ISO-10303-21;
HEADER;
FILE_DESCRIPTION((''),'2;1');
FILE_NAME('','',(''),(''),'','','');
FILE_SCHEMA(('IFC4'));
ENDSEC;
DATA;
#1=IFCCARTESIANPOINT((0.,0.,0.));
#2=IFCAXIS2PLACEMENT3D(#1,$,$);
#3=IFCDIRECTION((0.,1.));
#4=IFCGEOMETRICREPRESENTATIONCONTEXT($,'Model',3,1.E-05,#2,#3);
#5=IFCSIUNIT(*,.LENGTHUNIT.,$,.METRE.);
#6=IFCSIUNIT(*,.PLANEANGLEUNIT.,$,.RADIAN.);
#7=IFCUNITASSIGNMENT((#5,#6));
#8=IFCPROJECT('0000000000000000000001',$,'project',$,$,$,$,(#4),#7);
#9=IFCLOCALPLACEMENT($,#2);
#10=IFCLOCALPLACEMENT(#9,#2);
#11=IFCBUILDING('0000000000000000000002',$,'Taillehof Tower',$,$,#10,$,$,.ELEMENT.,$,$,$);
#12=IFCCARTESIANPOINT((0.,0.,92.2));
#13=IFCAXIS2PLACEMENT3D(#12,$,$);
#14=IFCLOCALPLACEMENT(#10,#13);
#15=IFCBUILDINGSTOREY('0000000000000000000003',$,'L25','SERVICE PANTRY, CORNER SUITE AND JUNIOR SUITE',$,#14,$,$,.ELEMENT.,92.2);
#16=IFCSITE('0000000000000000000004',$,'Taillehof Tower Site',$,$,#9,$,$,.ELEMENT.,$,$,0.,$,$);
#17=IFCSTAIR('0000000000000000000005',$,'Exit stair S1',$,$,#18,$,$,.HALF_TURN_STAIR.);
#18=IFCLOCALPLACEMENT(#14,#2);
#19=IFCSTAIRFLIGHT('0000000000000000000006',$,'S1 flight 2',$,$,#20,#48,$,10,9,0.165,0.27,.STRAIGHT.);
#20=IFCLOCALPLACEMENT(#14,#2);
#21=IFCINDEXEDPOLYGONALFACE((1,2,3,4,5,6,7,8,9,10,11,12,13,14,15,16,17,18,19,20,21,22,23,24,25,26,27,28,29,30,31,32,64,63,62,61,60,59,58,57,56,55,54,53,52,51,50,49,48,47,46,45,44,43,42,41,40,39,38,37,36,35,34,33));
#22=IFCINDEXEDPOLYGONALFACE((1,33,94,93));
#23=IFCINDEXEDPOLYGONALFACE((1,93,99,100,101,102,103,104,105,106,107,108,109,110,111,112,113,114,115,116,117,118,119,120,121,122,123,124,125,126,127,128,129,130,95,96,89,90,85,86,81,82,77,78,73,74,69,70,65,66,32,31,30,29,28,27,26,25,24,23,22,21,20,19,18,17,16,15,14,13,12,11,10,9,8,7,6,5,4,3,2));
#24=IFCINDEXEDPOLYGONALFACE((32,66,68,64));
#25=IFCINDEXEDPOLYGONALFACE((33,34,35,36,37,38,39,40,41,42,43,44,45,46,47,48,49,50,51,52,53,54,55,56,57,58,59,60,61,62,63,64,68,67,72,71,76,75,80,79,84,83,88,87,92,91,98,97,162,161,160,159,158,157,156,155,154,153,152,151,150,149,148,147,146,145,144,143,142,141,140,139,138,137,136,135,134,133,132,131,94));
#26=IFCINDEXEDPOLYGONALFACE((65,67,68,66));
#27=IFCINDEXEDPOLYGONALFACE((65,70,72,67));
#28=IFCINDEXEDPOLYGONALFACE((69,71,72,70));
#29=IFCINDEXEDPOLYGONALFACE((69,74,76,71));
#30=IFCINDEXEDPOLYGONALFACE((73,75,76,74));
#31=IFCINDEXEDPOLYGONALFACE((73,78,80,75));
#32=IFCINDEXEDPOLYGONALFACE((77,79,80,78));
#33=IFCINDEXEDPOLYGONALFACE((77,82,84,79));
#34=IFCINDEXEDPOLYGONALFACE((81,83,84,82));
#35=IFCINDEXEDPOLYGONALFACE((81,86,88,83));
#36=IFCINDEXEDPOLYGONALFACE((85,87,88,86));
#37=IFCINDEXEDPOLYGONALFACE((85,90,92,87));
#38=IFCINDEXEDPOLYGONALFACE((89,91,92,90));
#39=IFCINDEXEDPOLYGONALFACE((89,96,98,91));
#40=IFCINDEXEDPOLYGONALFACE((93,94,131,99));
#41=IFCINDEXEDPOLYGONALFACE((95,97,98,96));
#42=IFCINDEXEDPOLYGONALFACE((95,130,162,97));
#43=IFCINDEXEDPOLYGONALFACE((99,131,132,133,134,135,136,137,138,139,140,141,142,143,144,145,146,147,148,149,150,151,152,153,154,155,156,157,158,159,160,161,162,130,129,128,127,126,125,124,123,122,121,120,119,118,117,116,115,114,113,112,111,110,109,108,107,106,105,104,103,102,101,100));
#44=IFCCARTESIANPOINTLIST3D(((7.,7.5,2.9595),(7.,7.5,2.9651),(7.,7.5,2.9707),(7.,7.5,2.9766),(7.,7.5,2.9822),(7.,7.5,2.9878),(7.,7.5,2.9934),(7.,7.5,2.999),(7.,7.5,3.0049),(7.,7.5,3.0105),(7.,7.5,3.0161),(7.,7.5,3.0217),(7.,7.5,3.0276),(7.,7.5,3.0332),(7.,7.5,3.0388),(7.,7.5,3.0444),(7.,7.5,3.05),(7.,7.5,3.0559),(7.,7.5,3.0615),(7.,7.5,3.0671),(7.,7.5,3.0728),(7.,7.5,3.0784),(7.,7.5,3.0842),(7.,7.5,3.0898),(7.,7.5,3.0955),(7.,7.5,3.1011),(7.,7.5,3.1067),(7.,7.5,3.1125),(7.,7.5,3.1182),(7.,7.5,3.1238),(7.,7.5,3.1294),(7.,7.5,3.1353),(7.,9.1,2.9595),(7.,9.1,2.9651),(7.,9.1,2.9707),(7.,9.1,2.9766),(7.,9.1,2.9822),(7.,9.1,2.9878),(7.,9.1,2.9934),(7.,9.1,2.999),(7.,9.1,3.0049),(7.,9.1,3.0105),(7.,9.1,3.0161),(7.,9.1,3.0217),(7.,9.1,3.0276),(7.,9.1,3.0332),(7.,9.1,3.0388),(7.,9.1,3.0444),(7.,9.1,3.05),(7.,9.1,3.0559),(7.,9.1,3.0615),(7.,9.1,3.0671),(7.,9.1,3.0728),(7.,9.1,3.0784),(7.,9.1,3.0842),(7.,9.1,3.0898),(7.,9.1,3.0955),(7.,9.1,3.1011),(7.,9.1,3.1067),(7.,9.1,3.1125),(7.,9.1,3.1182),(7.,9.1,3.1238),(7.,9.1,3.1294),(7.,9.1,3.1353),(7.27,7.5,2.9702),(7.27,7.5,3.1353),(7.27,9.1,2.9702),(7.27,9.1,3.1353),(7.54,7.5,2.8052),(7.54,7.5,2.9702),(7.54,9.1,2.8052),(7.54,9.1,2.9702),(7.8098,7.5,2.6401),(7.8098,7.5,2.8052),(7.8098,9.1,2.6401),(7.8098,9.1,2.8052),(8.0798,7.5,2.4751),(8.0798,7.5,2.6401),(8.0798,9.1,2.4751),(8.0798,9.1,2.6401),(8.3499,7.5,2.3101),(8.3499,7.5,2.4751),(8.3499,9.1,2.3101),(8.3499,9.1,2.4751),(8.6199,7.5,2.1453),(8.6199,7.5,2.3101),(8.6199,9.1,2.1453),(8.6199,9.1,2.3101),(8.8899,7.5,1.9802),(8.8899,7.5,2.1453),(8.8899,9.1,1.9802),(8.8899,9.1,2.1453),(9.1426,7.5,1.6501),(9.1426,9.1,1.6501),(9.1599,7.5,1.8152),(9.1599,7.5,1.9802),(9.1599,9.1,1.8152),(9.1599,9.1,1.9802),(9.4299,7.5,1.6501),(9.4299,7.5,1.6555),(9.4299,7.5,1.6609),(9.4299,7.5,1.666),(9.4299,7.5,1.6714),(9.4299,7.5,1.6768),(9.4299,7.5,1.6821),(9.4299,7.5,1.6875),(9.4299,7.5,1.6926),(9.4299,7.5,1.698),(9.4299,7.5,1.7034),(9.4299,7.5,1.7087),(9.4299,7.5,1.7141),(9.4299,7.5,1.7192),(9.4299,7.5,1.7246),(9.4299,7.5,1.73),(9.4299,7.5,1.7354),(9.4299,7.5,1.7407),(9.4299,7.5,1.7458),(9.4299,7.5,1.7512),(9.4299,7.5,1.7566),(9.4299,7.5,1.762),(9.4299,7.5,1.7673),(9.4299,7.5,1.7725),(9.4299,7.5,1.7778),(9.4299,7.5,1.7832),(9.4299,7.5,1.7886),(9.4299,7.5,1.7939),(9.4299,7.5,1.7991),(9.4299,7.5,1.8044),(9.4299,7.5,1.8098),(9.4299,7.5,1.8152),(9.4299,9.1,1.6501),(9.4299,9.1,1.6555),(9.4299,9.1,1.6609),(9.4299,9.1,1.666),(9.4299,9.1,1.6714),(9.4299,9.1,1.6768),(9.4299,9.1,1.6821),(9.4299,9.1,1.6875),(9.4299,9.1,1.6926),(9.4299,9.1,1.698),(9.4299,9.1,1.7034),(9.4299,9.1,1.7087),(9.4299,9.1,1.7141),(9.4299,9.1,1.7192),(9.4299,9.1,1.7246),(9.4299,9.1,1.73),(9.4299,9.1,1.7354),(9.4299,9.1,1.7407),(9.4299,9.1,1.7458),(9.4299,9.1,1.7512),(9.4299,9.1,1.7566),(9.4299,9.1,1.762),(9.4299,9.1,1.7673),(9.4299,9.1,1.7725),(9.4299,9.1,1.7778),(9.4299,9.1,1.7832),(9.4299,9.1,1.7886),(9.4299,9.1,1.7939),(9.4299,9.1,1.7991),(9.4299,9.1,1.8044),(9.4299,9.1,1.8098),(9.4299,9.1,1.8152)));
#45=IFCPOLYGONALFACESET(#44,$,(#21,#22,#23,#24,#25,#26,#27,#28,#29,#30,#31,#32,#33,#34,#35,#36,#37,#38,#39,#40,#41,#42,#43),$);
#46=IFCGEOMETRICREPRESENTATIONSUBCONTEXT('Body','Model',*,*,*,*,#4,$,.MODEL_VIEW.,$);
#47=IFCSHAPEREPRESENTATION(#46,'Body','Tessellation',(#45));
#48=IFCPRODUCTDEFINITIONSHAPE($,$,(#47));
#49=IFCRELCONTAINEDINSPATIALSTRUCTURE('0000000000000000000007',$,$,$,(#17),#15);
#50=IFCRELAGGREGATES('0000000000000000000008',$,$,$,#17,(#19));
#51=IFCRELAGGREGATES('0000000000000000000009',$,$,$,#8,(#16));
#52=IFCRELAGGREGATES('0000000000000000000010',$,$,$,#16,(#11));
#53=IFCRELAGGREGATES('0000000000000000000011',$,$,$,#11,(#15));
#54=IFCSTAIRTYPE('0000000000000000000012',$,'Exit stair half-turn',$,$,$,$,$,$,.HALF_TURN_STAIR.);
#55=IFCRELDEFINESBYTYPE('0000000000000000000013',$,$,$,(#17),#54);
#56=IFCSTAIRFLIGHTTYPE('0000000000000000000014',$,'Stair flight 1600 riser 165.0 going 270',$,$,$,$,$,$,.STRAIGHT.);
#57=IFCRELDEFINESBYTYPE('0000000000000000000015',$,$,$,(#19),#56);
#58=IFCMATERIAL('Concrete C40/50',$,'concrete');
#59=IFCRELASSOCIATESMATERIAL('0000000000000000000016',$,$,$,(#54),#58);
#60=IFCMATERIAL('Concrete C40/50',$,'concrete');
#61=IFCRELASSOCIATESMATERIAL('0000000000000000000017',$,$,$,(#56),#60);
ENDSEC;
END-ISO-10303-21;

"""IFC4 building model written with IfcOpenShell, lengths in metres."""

from ifc_helpers import new_model, si_unit, direction, frame, origin, place, context, subcontext, project, spatial, polyline, outline, extrude, material, type_object, element, aggregate, save


model = new_model("IFC4")

# Units and contexts
model_context = context("Model", 3, precision=1e-05, world=origin(), true_north=direction((0.0, 1.0)))
body_context = subcontext(model_context, "Body", "Model", "MODEL_VIEW")
ifc_project = project(units=[si_unit("LENGTHUNIT", "METRE"), si_unit("PLANEANGLEUNIT", "RADIAN")], contexts=[model_context])

# Site, building, storey
site_placement = place(None, origin())
site = spatial("IfcSite", under=ifc_project, at=site_placement, Name="Taillehof Tower Site", CompositionType="ELEMENT", RefElevation=0.0)
building_placement = place(site_placement, origin())
building = spatial("IfcBuilding", under=site, at=building_placement, Name="Taillehof Tower", CompositionType="ELEMENT")
storey_placement = place(building_placement, frame((0.0, 0.0, 92.2)))
storey = spatial("IfcBuildingStorey", under=building, at=storey_placement, Name="L25", Description="SERVICE PANTRY, CORNER SUITE AND JUNIOR SUITE", CompositionType="ELEMENT", Elevation=92.2)

# Stair, stair flight
ifc_material_1 = material(Name="Concrete C40/50", Category="concrete")
stair_type = type_object("IfcStairType", Name="Exit stair half-turn", PredefinedType="HALF_TURN_STAIR", material=ifc_material_1)
stair_placement = place(storey_placement, origin())
stair = element("IfcStair", 1, at=stair_placement, inside=storey, type_object=stair_type, Name="Exit stair S1", PredefinedType="HALF_TURN_STAIR")
ifc_material_2 = material(Name="Concrete C40/50", Category="concrete")
stair_flight_type = type_object("IfcStairFlightType", Name="Stair flight 1600 riser 165.0 going 270", PredefinedType="STRAIGHT", material=ifc_material_2)
stair_flight_placement = place(storey_placement, frame((9.4299, 8.3, 1.6501), z_axis=(0.0, 0.0, 1.0), x_axis=(-1.0, 0.0, 0.0)))
stair_flight = element("IfcStairFlight", 2, at=stair_flight_placement, type_object=stair_flight_type, Name="S1 flight 2", NumberOfRisers=10, NumberOfTreads=9, PredefinedType="STRAIGHT", RiserHeight=0.165, TreadLength=0.27, context=body_context, shape_type="SweptSolid", body=[
    extrude(outline(polyline([(0.0, 0.0), (0.0, 0.0054), (0.0, 0.0107), (0.0, 0.0159), (0.0, 0.0212), (0.0, 0.0266), (0.0, 0.032), (0.0, 0.0374), (0.0, 0.0425), (0.0, 0.0479), (0.0, 0.0532), (0.0, 0.0586), (0.0, 0.064), (0.0, 0.0691), (0.0, 0.0745), (0.0, 0.0798), (0.0, 0.0852), (0.0, 0.0906), (0.0, 0.0957), (0.0, 0.1011), (0.0, 0.1064), (0.0, 0.1118), (0.0, 0.1172), (0.0, 0.1223), (0.0, 0.1277), (0.0, 0.1331), (0.0, 0.1384), (0.0, 0.1438), (0.0, 0.1489), (0.0, 0.1543), (0.0, 0.1597), (0.0, 0.165), (0.27, 0.165), (0.27, 0.3301), (0.54, 0.3301), (0.54, 0.4951), (0.8101, 0.4951), (0.8101, 0.6599), (1.0801, 0.6599), (1.0801, 0.825), (1.3501, 0.825), (1.3501, 0.99), (1.6201, 0.99), (1.6201, 1.155), (1.8899, 1.155), (1.8899, 1.3201), (2.1599, 1.3201), (2.1599, 1.4851), (2.4299, 1.4851), (2.4299, 1.4792), (2.4299, 1.4736), (2.4299, 1.468), (2.4299, 1.4624), (2.4299, 1.4565), (2.4299, 1.4509), (2.4299, 1.4453), (2.4299, 1.4397), (2.4299, 1.4341), (2.4299, 1.4282), (2.4299, 1.4226), (2.4299, 1.417), (2.4299, 1.4114), (2.4299, 1.4058), (2.4299, 1.3999), (2.4299, 1.3943), (2.4299, 1.3887), (2.4299, 1.3831), (2.4299, 1.3774), (2.4299, 1.3716), (2.4299, 1.366), (2.4299, 1.3604), (2.4299, 1.3547), (2.4299, 1.3489), (2.4299, 1.3433), (2.4299, 1.3376), (2.4299, 1.332), (2.4299, 1.3264), (2.4299, 1.3206), (2.4299, 1.3149), (2.4299, 1.3093), (0.2874, 0.0), (0.0, 0.0)])), frame((0.0, 0.8, 0.0), z_axis=(0.0, -1.0, 0.0), x_axis=(1.0, 0.0, 0.0)), (0.0, 0.0, 1.0), 1.6),
])
aggregate(stair, [stair_flight])

save(model, "model.ifc")
